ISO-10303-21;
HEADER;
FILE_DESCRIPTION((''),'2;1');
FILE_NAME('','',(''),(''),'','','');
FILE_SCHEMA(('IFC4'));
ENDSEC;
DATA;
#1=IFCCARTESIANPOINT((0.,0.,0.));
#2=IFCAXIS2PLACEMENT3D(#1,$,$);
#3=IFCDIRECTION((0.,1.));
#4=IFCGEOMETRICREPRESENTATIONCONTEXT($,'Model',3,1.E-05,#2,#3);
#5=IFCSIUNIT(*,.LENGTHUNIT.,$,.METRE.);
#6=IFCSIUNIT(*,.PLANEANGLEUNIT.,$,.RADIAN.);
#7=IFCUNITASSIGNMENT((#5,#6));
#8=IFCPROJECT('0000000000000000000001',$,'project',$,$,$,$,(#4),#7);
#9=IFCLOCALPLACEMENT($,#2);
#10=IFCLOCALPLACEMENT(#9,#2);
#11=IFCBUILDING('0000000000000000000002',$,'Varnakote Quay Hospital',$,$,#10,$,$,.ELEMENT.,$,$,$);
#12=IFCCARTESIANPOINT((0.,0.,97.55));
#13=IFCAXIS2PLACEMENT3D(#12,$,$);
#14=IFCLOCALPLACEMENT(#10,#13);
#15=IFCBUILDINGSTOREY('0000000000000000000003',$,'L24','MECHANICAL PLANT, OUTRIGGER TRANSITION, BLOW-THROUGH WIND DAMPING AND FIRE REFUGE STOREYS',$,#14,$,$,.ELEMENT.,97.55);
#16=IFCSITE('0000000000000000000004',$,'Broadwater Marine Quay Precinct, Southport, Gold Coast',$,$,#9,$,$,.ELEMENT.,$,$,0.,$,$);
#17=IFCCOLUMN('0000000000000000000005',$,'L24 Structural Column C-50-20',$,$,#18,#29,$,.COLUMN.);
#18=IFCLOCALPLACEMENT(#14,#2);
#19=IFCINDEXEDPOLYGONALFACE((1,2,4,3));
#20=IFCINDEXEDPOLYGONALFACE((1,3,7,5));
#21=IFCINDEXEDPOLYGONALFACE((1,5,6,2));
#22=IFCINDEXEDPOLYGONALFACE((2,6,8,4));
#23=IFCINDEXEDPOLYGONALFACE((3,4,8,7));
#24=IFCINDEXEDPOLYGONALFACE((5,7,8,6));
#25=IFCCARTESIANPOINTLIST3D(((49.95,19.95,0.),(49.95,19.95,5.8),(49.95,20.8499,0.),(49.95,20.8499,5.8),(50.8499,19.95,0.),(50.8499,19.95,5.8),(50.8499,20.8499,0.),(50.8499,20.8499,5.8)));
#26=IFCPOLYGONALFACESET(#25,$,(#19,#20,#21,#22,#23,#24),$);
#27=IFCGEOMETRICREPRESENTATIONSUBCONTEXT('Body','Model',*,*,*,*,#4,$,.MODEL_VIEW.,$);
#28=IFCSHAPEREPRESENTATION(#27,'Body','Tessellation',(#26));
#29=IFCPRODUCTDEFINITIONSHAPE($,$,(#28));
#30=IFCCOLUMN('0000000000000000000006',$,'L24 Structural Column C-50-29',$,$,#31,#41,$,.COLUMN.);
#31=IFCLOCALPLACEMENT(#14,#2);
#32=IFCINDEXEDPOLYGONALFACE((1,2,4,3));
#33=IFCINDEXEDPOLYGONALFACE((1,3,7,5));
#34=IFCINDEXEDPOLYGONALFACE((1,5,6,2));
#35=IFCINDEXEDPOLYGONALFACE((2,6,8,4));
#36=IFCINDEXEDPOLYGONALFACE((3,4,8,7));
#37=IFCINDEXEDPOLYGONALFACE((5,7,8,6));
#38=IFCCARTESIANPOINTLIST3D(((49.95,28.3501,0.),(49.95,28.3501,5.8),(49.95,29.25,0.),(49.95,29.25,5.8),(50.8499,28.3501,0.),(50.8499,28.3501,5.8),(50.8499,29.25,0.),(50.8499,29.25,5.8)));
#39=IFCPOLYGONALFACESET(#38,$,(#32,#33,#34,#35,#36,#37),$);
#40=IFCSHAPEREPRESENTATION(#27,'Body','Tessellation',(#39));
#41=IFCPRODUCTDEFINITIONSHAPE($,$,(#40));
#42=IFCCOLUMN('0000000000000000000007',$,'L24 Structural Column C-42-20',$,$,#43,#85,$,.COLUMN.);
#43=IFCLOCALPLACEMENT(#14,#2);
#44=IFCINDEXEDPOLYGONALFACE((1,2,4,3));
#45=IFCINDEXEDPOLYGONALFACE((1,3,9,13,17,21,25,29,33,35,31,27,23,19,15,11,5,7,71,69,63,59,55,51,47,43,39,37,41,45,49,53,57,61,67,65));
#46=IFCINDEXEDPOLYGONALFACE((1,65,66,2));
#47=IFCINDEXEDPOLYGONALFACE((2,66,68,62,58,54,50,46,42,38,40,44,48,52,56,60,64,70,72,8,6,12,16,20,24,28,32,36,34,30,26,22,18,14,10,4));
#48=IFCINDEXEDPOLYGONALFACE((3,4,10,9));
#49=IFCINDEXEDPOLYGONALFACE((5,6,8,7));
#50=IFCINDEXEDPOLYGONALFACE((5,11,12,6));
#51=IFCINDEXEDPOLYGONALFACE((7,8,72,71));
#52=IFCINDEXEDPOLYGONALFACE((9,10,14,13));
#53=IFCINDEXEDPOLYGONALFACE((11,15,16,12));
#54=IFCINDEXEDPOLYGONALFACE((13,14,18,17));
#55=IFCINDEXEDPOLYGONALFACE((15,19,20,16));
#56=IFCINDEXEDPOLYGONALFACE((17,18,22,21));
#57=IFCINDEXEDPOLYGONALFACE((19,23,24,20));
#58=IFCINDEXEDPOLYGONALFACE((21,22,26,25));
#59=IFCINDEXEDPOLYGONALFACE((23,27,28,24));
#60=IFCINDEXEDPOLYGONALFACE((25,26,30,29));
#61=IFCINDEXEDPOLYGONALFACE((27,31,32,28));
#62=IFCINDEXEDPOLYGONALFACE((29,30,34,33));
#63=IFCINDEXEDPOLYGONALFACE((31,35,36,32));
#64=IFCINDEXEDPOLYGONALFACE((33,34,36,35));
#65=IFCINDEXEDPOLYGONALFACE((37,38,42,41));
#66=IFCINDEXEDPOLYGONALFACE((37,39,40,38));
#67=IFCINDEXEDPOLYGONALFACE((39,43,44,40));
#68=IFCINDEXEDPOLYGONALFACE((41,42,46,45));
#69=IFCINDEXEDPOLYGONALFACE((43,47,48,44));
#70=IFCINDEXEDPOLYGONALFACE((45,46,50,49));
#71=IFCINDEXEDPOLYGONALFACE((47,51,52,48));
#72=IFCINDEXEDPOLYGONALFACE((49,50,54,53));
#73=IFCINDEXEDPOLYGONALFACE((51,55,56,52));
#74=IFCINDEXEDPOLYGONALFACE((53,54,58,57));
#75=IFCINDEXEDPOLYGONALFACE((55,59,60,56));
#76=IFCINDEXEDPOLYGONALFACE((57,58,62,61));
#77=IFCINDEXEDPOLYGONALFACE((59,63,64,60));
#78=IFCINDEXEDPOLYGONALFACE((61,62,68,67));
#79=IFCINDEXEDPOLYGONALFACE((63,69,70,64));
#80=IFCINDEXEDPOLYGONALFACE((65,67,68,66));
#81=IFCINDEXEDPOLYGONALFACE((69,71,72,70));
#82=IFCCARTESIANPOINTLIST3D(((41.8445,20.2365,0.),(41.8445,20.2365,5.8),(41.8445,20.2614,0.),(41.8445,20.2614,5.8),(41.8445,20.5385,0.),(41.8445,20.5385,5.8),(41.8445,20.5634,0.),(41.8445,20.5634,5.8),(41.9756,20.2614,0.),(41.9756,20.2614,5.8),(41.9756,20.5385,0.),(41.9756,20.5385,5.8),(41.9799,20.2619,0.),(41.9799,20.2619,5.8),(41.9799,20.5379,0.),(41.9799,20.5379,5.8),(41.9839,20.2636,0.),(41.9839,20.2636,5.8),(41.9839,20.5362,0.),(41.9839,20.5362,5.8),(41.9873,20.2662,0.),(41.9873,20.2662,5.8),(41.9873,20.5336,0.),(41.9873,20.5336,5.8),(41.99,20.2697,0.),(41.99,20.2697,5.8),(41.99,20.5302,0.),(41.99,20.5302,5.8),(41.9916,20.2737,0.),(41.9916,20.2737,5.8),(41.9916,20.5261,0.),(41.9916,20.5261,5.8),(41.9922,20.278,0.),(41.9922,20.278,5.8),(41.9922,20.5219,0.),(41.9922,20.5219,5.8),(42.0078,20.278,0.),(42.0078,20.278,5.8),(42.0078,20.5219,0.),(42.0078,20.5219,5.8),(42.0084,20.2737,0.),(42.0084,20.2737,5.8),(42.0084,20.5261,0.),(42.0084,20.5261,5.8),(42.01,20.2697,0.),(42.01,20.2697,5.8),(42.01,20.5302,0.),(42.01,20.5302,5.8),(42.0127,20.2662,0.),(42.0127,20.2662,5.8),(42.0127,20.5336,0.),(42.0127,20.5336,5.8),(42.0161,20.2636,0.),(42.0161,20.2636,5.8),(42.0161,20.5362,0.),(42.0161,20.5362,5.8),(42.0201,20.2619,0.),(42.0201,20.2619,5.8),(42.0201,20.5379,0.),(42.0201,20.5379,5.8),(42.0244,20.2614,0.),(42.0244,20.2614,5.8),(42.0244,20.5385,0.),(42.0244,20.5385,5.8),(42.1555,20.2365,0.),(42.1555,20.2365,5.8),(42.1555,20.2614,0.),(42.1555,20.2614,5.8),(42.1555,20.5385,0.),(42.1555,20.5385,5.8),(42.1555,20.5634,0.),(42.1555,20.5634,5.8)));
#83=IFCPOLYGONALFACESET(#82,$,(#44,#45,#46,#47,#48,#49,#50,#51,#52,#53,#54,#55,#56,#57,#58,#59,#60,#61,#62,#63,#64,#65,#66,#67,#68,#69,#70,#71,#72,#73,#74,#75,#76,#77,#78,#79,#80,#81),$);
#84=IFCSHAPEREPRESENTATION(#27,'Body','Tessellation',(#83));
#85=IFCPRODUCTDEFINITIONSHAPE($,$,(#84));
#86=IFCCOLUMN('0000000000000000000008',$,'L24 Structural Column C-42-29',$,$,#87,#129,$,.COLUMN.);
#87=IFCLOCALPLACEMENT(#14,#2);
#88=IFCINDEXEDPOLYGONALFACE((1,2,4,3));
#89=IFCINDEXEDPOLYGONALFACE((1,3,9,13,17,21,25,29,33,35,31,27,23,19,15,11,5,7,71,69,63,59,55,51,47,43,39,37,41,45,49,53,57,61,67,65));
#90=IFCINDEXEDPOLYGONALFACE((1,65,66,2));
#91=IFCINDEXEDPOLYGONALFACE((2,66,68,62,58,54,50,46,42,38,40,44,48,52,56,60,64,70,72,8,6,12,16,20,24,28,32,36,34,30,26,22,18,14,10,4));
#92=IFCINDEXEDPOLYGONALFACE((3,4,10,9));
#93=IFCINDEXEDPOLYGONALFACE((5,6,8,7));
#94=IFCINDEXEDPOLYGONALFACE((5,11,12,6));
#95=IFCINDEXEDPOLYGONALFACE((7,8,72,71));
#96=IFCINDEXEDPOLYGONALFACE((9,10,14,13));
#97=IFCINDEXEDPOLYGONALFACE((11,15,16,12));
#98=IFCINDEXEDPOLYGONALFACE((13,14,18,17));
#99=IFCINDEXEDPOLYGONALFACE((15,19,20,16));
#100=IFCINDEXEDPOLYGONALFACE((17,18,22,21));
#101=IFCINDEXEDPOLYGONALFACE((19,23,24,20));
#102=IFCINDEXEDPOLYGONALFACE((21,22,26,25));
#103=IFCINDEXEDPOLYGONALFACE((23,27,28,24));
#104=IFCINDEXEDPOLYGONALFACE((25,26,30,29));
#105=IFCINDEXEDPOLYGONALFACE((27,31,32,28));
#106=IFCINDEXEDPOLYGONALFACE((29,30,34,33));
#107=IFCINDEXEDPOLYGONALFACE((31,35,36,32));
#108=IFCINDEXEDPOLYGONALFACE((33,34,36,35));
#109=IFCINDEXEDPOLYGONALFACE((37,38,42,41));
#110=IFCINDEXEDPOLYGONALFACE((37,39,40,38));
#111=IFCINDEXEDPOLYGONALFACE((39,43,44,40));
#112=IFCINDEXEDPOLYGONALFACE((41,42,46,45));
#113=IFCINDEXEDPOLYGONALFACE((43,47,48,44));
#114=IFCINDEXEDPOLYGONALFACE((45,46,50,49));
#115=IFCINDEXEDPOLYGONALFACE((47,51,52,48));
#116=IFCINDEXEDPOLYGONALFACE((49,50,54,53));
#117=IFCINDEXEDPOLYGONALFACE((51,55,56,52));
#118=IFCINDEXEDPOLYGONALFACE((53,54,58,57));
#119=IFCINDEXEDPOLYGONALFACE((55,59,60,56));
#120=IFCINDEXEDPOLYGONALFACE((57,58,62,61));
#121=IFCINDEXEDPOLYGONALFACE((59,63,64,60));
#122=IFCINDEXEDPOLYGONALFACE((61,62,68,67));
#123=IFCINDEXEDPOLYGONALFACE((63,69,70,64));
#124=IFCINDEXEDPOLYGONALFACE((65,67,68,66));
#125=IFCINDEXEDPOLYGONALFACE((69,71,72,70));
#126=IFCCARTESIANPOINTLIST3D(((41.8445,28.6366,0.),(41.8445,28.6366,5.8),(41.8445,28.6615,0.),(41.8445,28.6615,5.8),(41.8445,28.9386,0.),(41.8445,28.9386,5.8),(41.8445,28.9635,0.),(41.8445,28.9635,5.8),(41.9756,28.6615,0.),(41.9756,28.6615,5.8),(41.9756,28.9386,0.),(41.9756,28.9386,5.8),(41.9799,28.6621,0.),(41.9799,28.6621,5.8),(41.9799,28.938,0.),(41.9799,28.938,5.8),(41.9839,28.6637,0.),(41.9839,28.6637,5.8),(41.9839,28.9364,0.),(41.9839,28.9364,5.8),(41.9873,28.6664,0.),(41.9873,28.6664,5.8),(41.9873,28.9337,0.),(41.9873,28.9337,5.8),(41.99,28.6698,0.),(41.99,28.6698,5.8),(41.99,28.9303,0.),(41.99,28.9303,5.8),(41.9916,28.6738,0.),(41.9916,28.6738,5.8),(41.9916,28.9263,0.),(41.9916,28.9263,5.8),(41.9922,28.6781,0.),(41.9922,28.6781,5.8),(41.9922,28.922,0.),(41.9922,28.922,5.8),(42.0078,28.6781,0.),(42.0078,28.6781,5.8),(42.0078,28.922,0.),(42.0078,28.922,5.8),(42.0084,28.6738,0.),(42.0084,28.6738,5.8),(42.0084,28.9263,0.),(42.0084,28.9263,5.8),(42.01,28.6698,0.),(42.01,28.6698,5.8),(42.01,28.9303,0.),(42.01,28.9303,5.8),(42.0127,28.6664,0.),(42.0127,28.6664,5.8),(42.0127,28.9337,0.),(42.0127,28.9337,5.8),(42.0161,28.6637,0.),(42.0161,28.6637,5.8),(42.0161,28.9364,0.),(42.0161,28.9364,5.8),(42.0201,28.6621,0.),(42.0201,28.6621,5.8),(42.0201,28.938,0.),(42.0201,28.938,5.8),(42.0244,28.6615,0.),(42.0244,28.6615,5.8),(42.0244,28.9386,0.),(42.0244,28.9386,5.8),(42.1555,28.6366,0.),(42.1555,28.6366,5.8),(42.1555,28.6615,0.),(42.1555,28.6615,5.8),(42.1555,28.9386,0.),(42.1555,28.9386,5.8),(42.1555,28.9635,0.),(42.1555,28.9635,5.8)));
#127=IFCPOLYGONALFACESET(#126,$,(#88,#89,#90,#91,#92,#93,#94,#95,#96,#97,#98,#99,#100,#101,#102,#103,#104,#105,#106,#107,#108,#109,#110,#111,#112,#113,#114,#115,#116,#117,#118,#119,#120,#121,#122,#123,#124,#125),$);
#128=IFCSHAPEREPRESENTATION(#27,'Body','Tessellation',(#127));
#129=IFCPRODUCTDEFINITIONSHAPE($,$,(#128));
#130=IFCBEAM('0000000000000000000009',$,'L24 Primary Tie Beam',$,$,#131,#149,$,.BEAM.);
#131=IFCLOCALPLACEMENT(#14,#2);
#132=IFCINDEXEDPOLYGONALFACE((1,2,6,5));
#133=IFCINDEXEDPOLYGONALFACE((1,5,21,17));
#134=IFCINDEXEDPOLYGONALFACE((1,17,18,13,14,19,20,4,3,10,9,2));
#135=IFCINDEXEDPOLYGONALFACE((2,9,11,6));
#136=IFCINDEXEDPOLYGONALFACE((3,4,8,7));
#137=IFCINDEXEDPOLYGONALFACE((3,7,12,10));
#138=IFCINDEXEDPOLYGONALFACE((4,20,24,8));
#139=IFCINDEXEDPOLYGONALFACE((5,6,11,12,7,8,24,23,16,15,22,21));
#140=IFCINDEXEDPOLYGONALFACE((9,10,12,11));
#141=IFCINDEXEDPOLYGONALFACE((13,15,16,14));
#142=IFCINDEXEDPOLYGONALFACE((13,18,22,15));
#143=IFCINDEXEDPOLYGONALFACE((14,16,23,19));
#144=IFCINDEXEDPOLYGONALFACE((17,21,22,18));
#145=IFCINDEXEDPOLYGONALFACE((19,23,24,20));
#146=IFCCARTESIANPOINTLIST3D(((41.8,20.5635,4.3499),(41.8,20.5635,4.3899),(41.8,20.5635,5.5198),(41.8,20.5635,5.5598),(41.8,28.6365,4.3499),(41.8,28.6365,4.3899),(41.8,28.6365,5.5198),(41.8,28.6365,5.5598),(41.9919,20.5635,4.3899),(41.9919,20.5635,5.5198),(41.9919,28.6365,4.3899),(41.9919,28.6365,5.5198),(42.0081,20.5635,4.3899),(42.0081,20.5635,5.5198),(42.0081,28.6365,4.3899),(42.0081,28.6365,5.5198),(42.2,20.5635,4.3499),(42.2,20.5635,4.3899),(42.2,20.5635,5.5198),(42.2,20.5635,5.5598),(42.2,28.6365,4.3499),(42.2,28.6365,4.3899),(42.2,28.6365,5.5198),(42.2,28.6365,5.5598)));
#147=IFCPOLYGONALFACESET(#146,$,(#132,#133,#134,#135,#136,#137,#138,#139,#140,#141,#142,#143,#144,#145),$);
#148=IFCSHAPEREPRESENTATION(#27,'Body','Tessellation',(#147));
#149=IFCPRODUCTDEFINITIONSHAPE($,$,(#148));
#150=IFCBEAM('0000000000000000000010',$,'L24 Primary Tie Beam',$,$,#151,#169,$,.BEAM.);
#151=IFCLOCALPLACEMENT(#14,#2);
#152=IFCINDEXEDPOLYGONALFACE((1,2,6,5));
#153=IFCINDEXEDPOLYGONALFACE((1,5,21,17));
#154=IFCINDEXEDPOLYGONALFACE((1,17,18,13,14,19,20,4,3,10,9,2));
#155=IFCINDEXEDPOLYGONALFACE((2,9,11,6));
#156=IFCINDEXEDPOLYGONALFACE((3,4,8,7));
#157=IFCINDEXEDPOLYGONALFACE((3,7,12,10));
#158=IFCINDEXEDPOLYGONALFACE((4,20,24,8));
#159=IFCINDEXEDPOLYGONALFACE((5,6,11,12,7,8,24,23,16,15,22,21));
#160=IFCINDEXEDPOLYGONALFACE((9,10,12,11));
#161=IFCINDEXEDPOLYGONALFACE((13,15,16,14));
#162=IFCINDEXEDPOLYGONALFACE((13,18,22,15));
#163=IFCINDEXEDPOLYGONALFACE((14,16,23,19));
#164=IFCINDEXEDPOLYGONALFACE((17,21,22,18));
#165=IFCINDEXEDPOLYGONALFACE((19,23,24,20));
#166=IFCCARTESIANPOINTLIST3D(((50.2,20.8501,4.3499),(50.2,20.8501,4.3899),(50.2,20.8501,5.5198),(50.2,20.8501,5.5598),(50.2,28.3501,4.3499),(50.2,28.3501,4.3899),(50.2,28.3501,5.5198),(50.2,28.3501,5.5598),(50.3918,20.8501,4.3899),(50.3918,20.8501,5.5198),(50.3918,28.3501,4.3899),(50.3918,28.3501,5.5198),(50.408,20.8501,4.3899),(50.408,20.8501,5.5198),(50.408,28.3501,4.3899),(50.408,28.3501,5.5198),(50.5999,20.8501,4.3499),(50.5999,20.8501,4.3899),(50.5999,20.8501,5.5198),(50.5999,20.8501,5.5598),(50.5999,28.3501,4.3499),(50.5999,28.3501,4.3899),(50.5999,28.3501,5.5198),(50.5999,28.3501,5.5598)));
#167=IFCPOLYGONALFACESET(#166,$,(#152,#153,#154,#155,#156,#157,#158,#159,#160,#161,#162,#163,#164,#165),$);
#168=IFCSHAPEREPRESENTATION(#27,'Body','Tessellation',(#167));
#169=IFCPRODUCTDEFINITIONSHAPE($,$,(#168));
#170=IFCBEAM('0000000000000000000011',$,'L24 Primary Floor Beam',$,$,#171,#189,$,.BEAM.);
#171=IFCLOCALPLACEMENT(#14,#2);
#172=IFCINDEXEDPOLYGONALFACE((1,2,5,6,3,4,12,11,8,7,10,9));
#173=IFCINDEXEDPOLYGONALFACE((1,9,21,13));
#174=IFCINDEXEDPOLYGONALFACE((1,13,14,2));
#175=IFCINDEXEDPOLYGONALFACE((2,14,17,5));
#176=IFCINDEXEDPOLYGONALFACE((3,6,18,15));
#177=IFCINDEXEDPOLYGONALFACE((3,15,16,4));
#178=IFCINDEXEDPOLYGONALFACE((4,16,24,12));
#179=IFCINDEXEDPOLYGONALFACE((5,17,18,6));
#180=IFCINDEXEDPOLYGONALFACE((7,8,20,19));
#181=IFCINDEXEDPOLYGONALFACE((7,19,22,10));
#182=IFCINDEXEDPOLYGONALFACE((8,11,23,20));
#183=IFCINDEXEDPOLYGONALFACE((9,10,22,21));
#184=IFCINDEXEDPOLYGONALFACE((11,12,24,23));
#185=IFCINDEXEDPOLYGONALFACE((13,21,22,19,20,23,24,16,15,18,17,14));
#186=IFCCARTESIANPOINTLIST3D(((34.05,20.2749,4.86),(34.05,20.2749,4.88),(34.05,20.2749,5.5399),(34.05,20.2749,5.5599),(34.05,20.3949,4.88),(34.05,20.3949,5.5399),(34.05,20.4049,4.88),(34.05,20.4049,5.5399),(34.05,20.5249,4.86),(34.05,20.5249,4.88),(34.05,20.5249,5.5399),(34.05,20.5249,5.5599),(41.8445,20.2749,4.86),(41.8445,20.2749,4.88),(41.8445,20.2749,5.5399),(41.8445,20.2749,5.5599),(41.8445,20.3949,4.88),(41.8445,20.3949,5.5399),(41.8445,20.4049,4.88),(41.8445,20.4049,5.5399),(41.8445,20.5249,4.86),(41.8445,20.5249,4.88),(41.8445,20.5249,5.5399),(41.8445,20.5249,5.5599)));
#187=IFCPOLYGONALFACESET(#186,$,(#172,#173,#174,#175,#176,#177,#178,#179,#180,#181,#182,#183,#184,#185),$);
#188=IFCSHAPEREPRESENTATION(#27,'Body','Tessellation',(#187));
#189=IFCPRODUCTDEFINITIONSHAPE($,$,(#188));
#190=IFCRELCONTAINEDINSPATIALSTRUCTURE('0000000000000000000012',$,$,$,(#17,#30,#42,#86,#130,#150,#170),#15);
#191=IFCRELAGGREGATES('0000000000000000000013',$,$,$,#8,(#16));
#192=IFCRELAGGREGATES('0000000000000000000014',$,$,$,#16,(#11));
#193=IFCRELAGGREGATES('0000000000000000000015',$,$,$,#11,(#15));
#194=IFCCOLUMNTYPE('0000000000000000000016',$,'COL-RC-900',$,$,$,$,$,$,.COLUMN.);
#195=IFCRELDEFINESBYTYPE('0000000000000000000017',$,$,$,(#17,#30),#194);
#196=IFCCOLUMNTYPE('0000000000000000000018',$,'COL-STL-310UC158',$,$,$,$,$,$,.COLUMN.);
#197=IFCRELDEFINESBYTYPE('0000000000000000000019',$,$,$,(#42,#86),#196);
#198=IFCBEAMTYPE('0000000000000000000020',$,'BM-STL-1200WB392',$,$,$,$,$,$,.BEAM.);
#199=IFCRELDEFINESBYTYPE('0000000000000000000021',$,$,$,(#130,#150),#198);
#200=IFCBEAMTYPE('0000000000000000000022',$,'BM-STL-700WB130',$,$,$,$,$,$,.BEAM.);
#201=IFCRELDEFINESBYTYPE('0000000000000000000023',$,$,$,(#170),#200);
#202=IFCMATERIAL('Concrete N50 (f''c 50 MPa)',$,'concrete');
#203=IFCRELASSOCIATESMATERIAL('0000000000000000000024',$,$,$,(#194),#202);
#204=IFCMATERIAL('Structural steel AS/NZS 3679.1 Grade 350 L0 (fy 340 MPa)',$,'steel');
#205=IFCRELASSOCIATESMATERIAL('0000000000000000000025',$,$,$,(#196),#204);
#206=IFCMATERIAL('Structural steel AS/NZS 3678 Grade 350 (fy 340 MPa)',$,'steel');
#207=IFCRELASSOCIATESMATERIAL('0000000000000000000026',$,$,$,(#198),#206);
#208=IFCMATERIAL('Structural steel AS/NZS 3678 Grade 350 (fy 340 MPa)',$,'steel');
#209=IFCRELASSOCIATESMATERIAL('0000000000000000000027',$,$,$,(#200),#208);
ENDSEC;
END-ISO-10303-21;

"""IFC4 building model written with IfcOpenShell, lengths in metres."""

from ifc_helpers import new_model, si_unit, direction, frame, origin, origin_2d, place, context, subcontext, project, spatial, rectangle, i_section, extrude, material, material_profile, profile_set, type_object, element, save


model = new_model("IFC4")

# Units and contexts
model_context = context("Model", 3, precision=1e-05, world=origin(), true_north=direction((0.0, 1.0)))
body_context = subcontext(model_context, "Body", "Model", "MODEL_VIEW")
ifc_project = project(units=[si_unit("LENGTHUNIT", "METRE"), si_unit("PLANEANGLEUNIT", "RADIAN")], contexts=[model_context])

# Site, building, storey
site_placement = place(None, origin())
site = spatial("IfcSite", under=ifc_project, at=site_placement, Name="Broadwater Marine Quay Precinct, Southport, Gold Coast", CompositionType="ELEMENT", RefElevation=0.0)
building_placement = place(site_placement, origin())
building = spatial("IfcBuilding", under=site, at=building_placement, Name="Varnakote Quay Hospital", CompositionType="ELEMENT")
storey_placement = place(building_placement, frame((0.0, 0.0, 97.55)))
storey = spatial("IfcBuildingStorey", under=building, at=storey_placement, Name="L24", Description="MECHANICAL PLANT, OUTRIGGER TRANSITION, BLOW-THROUGH WIND DAMPING AND FIRE REFUGE STOREYS", CompositionType="ELEMENT", Elevation=97.55)

# Columns
ifc_material_1 = material(Name="Concrete N50 (f'c 50 MPa)", Category="concrete")
ifc_material_profile_1 = material_profile(ifc_material_1, rectangle(XDim=0.8999, YDim=0.8999, at=origin_2d()), Name="RC-COL-900x900")
ifc_profile_set_1 = profile_set([ifc_material_profile_1], Name="Concrete N50 (f'c 50 MPa)")
column_type_1 = type_object("IfcColumnType", Name="COL-RC-900", PredefinedType="COLUMN", material=ifc_profile_set_1)
for number, where, z_axis, x_axis, name in (
    (1, (50.3999, 20.3999, 0.0), (0.0, 0.0, 1.0), (1.0, 0.0, 0.0), "L24 Structural Column C-50-20"),
    (2, (50.3999, 28.8, 0.0), (0.0, 0.0, 1.0), (1.0, 0.0, 0.0), "L24 Structural Column C-50-29"),
):
    element("IfcColumn", number, at=place(storey_placement, frame(where, z_axis=z_axis, x_axis=x_axis)), inside=storey, type_object=column_type_1, Name=name, PredefinedType="COLUMN", context=body_context, shape_type="SweptSolid", body=[
        extrude(rectangle(XDim=0.8999, YDim=0.8999, at=origin_2d()), origin(), (0.0, 0.0, 1.0), 5.8),
    ])
ifc_material_2 = material(Name="Structural steel AS/NZS 3679.1 Grade 350 L0 (fy 340 MPa)", Category="steel")
ifc_material_profile_2 = material_profile(ifc_material_2, i_section(OverallWidth=0.311, OverallDepth=0.3269, WebThickness=0.0156, FlangeThickness=0.0249, FilletRadius=0.0166, at=origin_2d()), Name="310UC158")
ifc_profile_set_2 = profile_set([ifc_material_profile_2], Name="Structural steel AS/NZS 3679.1 Grade 350 L0 (fy 340 MPa)")
column_type_2 = type_object("IfcColumnType", Name="COL-STL-310UC158", PredefinedType="COLUMN", material=ifc_profile_set_2)
for number, where, z_axis, x_axis, name in (
    (3, (42.0, 20.3999, 0.0), (0.0, 0.0, 1.0), (1.0, 0.0, 0.0), "L24 Structural Column C-42-20"),
    (4, (42.0, 28.8, 0.0), (0.0, 0.0, 1.0), (1.0, 0.0, 0.0), "L24 Structural Column C-42-29"),
):
    element("IfcColumn", number, at=place(storey_placement, frame(where, z_axis=z_axis, x_axis=x_axis)), inside=storey, type_object=column_type_2, Name=name, PredefinedType="COLUMN", context=body_context, shape_type="SweptSolid", body=[
        extrude(i_section(OverallWidth=0.311, OverallDepth=0.3269, WebThickness=0.0156, FlangeThickness=0.0249, FilletRadius=0.0166, at=origin_2d()), origin(), (0.0, 0.0, 1.0), 5.8),
    ])

# Beams
ifc_material_3 = material(Name="Structural steel AS/NZS 3678 Grade 350 (fy 340 MPa)", Category="steel")
ifc_material_profile_3 = material_profile(ifc_material_3, i_section(OverallWidth=0.3999, OverallDepth=1.21, WebThickness=0.0161, FlangeThickness=0.04, at=origin_2d()), Name="1200WB392")
ifc_profile_set_3 = profile_set([ifc_material_profile_3], Name="Structural steel AS/NZS 3678 Grade 350 (fy 340 MPa)")
beam_type_1 = type_object("IfcBeamType", Name="BM-STL-1200WB392", PredefinedType="BEAM", material=ifc_profile_set_3)
beam_1_placement = place(storey_placement, frame((42.0, 20.5635, 4.9548), z_axis=(0.0, 1.0, 0.0), x_axis=(-1.0, 0.0, 0.0)))
element("IfcBeam", 5, at=beam_1_placement, inside=storey, type_object=beam_type_1, Name="L24 Primary Tie Beam", PredefinedType="BEAM", context=body_context, shape_type="SweptSolid", body=[
    extrude(i_section(OverallWidth=0.3999, OverallDepth=1.21, WebThickness=0.0161, FlangeThickness=0.04, at=origin_2d()), origin(), (0.0, 0.0, 1.0), 8.073),
])
beam_2_placement = place(storey_placement, frame((50.3999, 20.8501, 4.9548), z_axis=(0.0, 1.0, 0.0), x_axis=(-1.0, 0.0, 0.0)))
element("IfcBeam", 6, at=beam_2_placement, inside=storey, type_object=beam_type_1, Name="L24 Primary Tie Beam", PredefinedType="BEAM", context=body_context, shape_type="SweptSolid", body=[
    extrude(i_section(OverallWidth=0.3999, OverallDepth=1.21, WebThickness=0.0161, FlangeThickness=0.04, at=origin_2d()), origin(), (0.0, 0.0, 1.0), 7.5),
])
ifc_material_4 = material(Name="Structural steel AS/NZS 3678 Grade 350 (fy 340 MPa)", Category="steel")
ifc_material_profile_4 = material_profile(ifc_material_4, i_section(OverallWidth=0.25, OverallDepth=0.7, WebThickness=0.01, FlangeThickness=0.02, at=origin_2d()), Name="700WB130")
ifc_profile_set_4 = profile_set([ifc_material_profile_4], Name="Structural steel AS/NZS 3678 Grade 350 (fy 340 MPa)")
beam_type_2 = type_object("IfcBeamType", Name="BM-STL-700WB130", PredefinedType="BEAM", material=ifc_profile_set_4)
for number, where, z_axis, x_axis, name in (
    (7, (34.05, 20.3999, 5.21), (1.0, 0.0, 0.0), (0.0, 1.0, 0.0), "L24 Primary Floor Beam"),
):
    element("IfcBeam", number, at=place(storey_placement, frame(where, z_axis=z_axis, x_axis=x_axis)), inside=storey, type_object=beam_type_2, Name=name, PredefinedType="BEAM", context=body_context, shape_type="SweptSolid", body=[
        extrude(i_section(OverallWidth=0.25, OverallDepth=0.7, WebThickness=0.01, FlangeThickness=0.02, at=origin_2d()), origin(), (0.0, 0.0, 1.0), 7.7944),
    ])

save(model, "model.ifc")
